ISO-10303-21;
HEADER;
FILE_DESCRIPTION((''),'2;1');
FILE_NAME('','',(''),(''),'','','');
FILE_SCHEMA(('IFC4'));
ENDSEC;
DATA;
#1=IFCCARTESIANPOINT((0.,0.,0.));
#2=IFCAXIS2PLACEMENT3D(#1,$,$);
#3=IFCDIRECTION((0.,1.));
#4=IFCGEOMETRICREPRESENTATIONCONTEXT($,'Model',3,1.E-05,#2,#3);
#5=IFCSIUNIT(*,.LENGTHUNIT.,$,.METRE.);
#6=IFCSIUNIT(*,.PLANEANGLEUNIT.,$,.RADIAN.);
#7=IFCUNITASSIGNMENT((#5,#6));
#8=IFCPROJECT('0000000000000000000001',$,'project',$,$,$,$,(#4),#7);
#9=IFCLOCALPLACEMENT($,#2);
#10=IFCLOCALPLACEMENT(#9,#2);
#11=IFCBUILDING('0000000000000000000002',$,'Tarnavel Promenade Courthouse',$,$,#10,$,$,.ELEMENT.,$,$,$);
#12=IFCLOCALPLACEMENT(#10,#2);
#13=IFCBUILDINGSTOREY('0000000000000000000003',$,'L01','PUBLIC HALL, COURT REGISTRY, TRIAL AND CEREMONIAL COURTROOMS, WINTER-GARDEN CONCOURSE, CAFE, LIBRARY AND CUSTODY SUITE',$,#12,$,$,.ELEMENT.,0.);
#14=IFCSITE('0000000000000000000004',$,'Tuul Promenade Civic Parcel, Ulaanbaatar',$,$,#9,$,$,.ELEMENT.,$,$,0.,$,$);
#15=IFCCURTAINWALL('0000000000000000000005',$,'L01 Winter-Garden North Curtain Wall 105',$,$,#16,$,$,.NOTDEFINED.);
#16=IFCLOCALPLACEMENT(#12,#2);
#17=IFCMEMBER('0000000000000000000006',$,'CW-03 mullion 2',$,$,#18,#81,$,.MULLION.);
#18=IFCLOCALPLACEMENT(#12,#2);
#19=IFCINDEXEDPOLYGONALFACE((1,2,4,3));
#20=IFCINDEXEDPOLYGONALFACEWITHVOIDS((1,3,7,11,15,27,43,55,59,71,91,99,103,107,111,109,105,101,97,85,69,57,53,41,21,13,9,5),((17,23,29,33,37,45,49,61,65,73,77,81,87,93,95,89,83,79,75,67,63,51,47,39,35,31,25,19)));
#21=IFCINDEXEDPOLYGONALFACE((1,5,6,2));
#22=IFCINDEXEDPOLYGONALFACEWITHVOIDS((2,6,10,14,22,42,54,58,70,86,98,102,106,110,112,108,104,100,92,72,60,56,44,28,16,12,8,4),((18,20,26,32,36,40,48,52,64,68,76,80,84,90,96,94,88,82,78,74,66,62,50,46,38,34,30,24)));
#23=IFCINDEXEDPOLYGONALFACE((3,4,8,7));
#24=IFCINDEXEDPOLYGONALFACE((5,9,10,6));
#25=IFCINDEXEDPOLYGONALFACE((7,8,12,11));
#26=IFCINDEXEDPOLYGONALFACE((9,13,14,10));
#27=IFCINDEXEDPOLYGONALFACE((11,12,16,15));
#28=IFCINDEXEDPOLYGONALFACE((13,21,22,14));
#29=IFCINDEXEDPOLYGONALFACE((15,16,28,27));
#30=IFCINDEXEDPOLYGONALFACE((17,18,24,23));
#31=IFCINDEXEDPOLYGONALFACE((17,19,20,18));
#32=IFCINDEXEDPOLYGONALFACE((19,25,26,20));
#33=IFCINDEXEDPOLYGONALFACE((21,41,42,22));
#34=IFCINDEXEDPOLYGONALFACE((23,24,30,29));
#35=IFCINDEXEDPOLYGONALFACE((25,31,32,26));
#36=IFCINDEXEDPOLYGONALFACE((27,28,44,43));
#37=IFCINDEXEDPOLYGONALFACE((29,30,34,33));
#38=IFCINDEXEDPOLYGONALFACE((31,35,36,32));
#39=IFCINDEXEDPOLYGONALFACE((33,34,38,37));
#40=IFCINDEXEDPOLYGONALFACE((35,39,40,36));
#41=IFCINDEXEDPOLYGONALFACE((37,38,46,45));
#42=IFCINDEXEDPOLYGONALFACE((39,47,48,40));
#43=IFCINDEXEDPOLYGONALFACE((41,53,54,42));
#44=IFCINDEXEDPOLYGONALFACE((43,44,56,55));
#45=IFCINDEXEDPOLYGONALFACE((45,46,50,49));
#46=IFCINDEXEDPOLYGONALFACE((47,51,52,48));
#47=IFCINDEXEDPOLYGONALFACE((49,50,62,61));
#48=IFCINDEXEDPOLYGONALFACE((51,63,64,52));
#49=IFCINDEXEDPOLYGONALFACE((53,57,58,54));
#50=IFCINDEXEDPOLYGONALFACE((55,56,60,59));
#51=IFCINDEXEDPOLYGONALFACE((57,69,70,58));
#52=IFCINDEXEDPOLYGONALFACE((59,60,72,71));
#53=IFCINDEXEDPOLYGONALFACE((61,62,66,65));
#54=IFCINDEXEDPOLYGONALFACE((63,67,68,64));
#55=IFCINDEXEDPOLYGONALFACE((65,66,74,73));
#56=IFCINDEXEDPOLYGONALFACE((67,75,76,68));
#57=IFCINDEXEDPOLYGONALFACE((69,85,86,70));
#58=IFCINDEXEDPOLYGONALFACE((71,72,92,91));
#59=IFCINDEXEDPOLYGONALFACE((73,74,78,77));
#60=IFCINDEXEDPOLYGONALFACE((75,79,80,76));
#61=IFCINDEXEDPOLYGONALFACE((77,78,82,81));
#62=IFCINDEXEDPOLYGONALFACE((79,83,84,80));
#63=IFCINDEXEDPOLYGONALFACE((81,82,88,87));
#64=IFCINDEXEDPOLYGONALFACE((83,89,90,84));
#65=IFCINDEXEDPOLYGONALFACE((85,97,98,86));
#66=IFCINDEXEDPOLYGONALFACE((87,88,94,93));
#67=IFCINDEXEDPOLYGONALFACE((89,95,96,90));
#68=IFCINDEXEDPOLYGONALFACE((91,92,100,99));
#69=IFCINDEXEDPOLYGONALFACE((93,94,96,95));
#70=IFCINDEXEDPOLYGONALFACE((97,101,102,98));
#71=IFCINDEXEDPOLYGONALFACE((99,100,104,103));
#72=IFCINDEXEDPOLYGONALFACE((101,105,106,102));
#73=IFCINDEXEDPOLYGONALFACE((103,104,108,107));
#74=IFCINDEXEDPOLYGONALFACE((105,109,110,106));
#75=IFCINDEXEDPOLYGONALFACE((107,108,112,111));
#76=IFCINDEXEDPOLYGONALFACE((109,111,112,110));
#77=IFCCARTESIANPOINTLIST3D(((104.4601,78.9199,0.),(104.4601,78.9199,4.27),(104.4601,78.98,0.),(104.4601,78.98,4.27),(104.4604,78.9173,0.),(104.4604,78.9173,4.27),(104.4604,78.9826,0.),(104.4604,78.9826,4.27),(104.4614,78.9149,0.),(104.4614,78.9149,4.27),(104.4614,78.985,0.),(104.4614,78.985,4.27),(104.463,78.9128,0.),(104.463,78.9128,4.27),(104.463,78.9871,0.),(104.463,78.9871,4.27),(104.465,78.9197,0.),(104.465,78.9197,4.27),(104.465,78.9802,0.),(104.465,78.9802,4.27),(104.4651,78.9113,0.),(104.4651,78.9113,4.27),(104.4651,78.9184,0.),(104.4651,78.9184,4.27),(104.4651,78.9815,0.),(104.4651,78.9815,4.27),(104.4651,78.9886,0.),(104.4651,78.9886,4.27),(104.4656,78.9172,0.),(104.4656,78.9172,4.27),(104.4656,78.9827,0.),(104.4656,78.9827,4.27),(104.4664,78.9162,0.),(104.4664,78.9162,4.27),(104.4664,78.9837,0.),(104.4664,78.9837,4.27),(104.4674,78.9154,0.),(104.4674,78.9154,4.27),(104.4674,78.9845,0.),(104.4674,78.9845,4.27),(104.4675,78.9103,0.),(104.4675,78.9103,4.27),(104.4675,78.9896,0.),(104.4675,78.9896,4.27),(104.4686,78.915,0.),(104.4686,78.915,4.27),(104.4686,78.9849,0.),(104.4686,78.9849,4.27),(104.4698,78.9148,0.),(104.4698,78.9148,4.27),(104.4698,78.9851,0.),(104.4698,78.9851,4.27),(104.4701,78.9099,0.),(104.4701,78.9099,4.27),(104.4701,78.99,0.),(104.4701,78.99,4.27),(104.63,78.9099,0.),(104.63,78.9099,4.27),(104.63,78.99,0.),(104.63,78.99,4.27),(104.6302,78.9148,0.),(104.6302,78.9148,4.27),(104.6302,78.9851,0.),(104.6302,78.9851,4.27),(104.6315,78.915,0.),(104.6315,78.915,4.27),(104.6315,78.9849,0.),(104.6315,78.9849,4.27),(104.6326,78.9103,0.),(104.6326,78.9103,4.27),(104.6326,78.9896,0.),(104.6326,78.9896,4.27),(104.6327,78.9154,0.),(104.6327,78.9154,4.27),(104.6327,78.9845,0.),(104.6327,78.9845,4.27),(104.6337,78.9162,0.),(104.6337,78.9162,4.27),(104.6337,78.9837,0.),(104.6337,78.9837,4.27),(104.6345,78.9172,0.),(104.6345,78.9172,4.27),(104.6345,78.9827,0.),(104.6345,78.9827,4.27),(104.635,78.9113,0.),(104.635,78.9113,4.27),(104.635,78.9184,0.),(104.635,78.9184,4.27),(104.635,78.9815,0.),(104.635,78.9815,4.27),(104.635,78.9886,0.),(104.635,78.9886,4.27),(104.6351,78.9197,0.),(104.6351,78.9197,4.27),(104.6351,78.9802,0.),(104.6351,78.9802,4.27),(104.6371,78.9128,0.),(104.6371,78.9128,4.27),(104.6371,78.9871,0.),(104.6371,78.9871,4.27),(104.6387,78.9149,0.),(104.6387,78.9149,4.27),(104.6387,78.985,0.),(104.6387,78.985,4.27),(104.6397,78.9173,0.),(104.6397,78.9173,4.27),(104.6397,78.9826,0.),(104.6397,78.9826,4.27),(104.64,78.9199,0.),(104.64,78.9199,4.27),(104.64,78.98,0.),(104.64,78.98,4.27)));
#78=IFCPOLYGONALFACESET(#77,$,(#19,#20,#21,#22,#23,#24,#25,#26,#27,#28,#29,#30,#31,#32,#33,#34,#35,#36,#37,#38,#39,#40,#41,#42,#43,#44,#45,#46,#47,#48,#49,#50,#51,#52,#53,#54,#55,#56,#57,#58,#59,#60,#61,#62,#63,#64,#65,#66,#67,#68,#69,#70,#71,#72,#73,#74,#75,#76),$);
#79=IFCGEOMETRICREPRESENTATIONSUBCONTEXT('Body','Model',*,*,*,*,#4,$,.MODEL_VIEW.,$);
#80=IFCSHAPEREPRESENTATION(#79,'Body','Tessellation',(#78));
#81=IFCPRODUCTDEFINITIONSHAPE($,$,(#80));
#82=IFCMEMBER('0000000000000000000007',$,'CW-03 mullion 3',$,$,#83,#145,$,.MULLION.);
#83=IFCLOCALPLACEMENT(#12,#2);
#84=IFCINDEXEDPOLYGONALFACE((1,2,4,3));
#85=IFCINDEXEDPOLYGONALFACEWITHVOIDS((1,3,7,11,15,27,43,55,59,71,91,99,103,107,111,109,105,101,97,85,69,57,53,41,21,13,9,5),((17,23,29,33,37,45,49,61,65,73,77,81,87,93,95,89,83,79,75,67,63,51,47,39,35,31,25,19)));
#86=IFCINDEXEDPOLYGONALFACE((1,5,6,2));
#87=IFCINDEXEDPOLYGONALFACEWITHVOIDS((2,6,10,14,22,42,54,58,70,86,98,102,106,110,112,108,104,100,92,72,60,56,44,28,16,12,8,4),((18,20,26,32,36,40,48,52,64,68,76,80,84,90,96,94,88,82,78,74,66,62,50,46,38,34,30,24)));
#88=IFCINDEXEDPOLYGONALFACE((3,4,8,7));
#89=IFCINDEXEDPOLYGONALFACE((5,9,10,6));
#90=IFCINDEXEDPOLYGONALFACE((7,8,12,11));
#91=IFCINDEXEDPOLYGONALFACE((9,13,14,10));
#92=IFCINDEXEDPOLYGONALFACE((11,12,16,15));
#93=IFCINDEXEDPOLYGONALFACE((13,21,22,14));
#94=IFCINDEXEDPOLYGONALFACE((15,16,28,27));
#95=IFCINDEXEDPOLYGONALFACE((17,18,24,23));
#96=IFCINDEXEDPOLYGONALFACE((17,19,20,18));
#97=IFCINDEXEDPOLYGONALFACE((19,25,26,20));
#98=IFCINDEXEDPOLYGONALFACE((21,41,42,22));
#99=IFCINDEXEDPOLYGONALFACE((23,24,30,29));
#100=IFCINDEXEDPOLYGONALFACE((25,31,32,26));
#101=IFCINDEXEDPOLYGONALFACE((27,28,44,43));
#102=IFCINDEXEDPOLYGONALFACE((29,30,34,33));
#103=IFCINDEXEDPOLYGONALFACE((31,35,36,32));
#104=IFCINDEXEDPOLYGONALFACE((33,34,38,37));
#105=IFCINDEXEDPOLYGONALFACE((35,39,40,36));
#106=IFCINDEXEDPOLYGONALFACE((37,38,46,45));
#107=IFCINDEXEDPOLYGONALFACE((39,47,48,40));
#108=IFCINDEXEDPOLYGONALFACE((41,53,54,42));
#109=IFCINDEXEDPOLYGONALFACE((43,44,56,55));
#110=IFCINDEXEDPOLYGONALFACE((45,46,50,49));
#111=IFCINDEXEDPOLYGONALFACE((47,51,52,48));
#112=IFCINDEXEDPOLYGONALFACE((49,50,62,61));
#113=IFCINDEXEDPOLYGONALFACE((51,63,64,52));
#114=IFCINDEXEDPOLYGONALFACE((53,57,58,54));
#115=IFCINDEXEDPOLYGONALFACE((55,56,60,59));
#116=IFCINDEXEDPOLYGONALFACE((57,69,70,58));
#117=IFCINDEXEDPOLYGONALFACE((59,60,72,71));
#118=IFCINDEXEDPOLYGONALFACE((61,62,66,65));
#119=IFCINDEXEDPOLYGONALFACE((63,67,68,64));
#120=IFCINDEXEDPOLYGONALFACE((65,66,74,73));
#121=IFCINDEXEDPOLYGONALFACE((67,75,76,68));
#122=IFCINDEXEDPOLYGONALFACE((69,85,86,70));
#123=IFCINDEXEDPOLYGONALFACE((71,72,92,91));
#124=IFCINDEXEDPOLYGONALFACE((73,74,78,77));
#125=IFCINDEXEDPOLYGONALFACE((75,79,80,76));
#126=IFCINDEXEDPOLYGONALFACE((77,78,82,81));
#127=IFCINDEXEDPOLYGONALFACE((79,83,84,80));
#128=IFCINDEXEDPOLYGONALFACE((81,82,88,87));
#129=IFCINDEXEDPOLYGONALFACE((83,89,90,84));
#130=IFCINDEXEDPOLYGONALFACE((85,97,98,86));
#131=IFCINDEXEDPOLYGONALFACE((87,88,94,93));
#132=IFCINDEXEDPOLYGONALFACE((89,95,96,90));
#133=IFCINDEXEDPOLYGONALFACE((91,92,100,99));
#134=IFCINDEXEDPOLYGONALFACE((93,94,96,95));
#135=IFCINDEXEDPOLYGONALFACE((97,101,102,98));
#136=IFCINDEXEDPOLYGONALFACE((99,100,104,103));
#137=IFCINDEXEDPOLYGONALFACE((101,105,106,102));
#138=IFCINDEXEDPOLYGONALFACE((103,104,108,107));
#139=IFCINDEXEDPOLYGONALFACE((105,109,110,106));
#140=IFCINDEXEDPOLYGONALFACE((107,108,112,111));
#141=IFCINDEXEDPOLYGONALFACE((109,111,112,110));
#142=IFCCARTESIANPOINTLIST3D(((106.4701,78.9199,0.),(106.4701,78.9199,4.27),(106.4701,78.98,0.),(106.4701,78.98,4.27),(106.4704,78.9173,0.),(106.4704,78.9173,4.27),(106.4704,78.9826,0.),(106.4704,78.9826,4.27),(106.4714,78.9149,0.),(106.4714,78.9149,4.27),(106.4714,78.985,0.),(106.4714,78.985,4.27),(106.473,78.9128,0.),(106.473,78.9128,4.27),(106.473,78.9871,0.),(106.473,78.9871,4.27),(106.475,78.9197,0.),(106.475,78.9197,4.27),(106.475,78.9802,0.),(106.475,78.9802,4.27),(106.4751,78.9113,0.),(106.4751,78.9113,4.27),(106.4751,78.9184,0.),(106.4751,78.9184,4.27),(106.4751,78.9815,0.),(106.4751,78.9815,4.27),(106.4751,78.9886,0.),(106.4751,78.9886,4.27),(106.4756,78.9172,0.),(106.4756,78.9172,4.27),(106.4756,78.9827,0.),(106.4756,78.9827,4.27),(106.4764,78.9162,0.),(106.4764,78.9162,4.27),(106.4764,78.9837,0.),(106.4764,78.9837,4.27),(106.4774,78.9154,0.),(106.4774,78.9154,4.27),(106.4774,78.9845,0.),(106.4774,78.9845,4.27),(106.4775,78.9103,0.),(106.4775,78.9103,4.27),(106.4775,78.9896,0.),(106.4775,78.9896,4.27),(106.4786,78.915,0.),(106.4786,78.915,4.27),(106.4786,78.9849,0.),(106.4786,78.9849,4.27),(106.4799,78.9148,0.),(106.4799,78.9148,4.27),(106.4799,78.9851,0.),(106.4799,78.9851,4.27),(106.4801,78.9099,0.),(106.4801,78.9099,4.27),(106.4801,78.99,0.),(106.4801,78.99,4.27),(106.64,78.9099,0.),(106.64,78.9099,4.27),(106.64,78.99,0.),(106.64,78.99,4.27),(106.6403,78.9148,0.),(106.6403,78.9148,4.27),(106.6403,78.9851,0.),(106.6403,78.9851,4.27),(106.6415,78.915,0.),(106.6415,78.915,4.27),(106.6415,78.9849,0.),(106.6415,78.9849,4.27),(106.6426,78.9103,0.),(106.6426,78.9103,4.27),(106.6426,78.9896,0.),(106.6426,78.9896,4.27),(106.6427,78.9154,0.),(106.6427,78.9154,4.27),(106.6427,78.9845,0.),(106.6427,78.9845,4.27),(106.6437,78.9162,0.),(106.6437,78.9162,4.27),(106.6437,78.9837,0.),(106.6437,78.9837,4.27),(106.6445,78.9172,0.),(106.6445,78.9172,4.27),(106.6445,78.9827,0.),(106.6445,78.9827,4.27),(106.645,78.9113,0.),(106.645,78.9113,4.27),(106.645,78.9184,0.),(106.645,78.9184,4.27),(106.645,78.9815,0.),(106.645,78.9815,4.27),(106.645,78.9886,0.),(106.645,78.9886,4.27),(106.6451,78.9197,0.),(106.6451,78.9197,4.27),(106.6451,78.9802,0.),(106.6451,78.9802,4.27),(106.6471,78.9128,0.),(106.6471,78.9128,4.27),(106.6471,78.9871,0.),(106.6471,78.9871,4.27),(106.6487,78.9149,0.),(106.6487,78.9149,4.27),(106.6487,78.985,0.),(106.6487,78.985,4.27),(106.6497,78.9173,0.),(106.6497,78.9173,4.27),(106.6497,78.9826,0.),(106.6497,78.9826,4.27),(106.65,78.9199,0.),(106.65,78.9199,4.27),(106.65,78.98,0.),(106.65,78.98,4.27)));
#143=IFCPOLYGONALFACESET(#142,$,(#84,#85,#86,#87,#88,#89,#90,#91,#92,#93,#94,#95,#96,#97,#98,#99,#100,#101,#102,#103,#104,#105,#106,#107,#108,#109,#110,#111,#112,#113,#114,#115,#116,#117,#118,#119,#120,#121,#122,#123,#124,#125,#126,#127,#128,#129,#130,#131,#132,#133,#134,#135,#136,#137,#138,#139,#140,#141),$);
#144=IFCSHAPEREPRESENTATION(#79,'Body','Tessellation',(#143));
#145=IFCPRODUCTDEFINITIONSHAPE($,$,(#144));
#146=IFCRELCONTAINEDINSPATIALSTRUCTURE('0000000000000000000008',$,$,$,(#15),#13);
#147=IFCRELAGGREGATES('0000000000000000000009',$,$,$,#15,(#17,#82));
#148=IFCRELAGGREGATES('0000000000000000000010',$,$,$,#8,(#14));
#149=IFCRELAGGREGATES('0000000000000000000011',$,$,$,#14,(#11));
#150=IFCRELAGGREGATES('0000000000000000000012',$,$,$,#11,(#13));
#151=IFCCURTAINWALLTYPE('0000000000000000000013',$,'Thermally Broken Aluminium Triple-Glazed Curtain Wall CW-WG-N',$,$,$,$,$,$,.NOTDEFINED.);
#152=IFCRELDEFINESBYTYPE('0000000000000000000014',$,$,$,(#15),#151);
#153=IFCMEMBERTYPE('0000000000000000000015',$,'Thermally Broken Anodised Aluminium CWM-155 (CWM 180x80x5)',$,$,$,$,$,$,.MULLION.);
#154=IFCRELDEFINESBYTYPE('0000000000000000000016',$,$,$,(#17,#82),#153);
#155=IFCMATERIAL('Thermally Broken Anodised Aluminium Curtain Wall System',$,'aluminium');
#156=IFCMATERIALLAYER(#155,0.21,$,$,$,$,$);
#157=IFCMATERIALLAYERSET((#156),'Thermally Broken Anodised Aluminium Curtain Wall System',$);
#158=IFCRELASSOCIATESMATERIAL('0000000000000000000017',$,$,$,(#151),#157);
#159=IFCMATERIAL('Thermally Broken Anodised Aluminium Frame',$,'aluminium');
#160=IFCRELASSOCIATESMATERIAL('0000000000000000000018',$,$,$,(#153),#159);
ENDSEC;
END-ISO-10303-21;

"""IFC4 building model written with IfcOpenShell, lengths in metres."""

from ifc_helpers import new_model, si_unit, direction, frame, origin, origin_2d, place, context, subcontext, project, spatial, hollow_rectangle, extrude, material, layer, layer_set, material_profile, profile_set, type_object, element, aggregate, save


model = new_model("IFC4")

# Units and contexts
model_context = context("Model", 3, precision=1e-05, world=origin(), true_north=direction((0.0, 1.0)))
body_context = subcontext(model_context, "Body", "Model", "MODEL_VIEW")
ifc_project = project(units=[si_unit("LENGTHUNIT", "METRE"), si_unit("PLANEANGLEUNIT", "RADIAN")], contexts=[model_context])

# Site, building, storey
site_placement = place(None, origin())
site = spatial("IfcSite", under=ifc_project, at=site_placement, Name="Tuul Promenade Civic Parcel, Ulaanbaatar", CompositionType="ELEMENT", RefElevation=0.0)
building_placement = place(site_placement, origin())
building = spatial("IfcBuilding", under=site, at=building_placement, Name="Tarnavel Promenade Courthouse", CompositionType="ELEMENT")
storey_placement = place(building_placement, origin())
storey = spatial("IfcBuildingStorey", under=building, at=storey_placement, Name="L01", Description="PUBLIC HALL, COURT REGISTRY, TRIAL AND CEREMONIAL COURTROOMS, WINTER-GARDEN CONCOURSE, CAFE, LIBRARY AND CUSTODY SUITE", CompositionType="ELEMENT", Elevation=0.0)

# Curtain wall, members
ifc_material_1 = material(Name="Thermally Broken Anodised Aluminium Curtain Wall System", Category="aluminium")
ifc_layer_1 = layer(ifc_material_1, 0.21)
ifc_layer_set_1 = layer_set([ifc_layer_1], Name="Thermally Broken Anodised Aluminium Curtain Wall System")
curtain_wall_type = type_object("IfcCurtainWallType", Name="Thermally Broken Aluminium Triple-Glazed Curtain Wall CW-WG-N", PredefinedType="NOTDEFINED", material=ifc_layer_set_1)
curtain_wall_1_placement = place(storey_placement, origin())
curtain_wall_1 = element("IfcCurtainWall", 1, at=curtain_wall_1_placement, inside=storey, type_object=curtain_wall_type, Name="L01 Winter-Garden North Curtain Wall 105", PredefinedType="NOTDEFINED")
ifc_material_2 = material(Name="Thermally Broken Anodised Aluminium Frame", Category="aluminium")
ifc_material_profile_1 = material_profile(ifc_material_2, hollow_rectangle(XDim=0.0801, YDim=0.1799, WallThickness=0.0049, InnerFilletRadius=0.0049, OuterFilletRadius=0.01, at=origin_2d()), Name="CWM 180x80x5")
ifc_profile_set_1 = profile_set([ifc_material_profile_1], Name="Thermally Broken Anodised Aluminium Frame")
member_type_1 = type_object("IfcMemberType", Name="Thermally Broken Anodised Aluminium CWM-155 (CWM 180x80x5)", PredefinedType="MULLION", material=ifc_profile_set_1)
member_1_placement = place(storey_placement, frame((104.55, 78.95, 0.0), z_axis=(0.0, 0.0, 1.0), x_axis=(0.0, 1.0, 0.0)))
member_1 = element("IfcMember", 2, at=member_1_placement, type_object=member_type_1, Name="CW-03 mullion 2", PredefinedType="MULLION", context=body_context, shape_type="SweptSolid", body=[
    extrude(hollow_rectangle(XDim=0.0801, YDim=0.1799, WallThickness=0.0049, InnerFilletRadius=0.0049, OuterFilletRadius=0.01, at=origin_2d()), origin(), (0.0, 0.0, 1.0), 4.27),
])
member_2_placement = place(storey_placement, frame((106.5601, 78.95, 0.0), z_axis=(0.0, 0.0, 1.0), x_axis=(0.0, 1.0, 0.0)))
member_2 = element("IfcMember", 3, at=member_2_placement, type_object=member_type_1, Name="CW-03 mullion 3", PredefinedType="MULLION", context=body_context, shape_type="SweptSolid", body=[
    extrude(hollow_rectangle(XDim=0.0801, YDim=0.1799, WallThickness=0.0049, InnerFilletRadius=0.0049, OuterFilletRadius=0.01, at=origin_2d()), origin(), (0.0, 0.0, 1.0), 4.27),
])

aggregate(curtain_wall_1, [member_1, member_2])

save(model, "model.ifc")
